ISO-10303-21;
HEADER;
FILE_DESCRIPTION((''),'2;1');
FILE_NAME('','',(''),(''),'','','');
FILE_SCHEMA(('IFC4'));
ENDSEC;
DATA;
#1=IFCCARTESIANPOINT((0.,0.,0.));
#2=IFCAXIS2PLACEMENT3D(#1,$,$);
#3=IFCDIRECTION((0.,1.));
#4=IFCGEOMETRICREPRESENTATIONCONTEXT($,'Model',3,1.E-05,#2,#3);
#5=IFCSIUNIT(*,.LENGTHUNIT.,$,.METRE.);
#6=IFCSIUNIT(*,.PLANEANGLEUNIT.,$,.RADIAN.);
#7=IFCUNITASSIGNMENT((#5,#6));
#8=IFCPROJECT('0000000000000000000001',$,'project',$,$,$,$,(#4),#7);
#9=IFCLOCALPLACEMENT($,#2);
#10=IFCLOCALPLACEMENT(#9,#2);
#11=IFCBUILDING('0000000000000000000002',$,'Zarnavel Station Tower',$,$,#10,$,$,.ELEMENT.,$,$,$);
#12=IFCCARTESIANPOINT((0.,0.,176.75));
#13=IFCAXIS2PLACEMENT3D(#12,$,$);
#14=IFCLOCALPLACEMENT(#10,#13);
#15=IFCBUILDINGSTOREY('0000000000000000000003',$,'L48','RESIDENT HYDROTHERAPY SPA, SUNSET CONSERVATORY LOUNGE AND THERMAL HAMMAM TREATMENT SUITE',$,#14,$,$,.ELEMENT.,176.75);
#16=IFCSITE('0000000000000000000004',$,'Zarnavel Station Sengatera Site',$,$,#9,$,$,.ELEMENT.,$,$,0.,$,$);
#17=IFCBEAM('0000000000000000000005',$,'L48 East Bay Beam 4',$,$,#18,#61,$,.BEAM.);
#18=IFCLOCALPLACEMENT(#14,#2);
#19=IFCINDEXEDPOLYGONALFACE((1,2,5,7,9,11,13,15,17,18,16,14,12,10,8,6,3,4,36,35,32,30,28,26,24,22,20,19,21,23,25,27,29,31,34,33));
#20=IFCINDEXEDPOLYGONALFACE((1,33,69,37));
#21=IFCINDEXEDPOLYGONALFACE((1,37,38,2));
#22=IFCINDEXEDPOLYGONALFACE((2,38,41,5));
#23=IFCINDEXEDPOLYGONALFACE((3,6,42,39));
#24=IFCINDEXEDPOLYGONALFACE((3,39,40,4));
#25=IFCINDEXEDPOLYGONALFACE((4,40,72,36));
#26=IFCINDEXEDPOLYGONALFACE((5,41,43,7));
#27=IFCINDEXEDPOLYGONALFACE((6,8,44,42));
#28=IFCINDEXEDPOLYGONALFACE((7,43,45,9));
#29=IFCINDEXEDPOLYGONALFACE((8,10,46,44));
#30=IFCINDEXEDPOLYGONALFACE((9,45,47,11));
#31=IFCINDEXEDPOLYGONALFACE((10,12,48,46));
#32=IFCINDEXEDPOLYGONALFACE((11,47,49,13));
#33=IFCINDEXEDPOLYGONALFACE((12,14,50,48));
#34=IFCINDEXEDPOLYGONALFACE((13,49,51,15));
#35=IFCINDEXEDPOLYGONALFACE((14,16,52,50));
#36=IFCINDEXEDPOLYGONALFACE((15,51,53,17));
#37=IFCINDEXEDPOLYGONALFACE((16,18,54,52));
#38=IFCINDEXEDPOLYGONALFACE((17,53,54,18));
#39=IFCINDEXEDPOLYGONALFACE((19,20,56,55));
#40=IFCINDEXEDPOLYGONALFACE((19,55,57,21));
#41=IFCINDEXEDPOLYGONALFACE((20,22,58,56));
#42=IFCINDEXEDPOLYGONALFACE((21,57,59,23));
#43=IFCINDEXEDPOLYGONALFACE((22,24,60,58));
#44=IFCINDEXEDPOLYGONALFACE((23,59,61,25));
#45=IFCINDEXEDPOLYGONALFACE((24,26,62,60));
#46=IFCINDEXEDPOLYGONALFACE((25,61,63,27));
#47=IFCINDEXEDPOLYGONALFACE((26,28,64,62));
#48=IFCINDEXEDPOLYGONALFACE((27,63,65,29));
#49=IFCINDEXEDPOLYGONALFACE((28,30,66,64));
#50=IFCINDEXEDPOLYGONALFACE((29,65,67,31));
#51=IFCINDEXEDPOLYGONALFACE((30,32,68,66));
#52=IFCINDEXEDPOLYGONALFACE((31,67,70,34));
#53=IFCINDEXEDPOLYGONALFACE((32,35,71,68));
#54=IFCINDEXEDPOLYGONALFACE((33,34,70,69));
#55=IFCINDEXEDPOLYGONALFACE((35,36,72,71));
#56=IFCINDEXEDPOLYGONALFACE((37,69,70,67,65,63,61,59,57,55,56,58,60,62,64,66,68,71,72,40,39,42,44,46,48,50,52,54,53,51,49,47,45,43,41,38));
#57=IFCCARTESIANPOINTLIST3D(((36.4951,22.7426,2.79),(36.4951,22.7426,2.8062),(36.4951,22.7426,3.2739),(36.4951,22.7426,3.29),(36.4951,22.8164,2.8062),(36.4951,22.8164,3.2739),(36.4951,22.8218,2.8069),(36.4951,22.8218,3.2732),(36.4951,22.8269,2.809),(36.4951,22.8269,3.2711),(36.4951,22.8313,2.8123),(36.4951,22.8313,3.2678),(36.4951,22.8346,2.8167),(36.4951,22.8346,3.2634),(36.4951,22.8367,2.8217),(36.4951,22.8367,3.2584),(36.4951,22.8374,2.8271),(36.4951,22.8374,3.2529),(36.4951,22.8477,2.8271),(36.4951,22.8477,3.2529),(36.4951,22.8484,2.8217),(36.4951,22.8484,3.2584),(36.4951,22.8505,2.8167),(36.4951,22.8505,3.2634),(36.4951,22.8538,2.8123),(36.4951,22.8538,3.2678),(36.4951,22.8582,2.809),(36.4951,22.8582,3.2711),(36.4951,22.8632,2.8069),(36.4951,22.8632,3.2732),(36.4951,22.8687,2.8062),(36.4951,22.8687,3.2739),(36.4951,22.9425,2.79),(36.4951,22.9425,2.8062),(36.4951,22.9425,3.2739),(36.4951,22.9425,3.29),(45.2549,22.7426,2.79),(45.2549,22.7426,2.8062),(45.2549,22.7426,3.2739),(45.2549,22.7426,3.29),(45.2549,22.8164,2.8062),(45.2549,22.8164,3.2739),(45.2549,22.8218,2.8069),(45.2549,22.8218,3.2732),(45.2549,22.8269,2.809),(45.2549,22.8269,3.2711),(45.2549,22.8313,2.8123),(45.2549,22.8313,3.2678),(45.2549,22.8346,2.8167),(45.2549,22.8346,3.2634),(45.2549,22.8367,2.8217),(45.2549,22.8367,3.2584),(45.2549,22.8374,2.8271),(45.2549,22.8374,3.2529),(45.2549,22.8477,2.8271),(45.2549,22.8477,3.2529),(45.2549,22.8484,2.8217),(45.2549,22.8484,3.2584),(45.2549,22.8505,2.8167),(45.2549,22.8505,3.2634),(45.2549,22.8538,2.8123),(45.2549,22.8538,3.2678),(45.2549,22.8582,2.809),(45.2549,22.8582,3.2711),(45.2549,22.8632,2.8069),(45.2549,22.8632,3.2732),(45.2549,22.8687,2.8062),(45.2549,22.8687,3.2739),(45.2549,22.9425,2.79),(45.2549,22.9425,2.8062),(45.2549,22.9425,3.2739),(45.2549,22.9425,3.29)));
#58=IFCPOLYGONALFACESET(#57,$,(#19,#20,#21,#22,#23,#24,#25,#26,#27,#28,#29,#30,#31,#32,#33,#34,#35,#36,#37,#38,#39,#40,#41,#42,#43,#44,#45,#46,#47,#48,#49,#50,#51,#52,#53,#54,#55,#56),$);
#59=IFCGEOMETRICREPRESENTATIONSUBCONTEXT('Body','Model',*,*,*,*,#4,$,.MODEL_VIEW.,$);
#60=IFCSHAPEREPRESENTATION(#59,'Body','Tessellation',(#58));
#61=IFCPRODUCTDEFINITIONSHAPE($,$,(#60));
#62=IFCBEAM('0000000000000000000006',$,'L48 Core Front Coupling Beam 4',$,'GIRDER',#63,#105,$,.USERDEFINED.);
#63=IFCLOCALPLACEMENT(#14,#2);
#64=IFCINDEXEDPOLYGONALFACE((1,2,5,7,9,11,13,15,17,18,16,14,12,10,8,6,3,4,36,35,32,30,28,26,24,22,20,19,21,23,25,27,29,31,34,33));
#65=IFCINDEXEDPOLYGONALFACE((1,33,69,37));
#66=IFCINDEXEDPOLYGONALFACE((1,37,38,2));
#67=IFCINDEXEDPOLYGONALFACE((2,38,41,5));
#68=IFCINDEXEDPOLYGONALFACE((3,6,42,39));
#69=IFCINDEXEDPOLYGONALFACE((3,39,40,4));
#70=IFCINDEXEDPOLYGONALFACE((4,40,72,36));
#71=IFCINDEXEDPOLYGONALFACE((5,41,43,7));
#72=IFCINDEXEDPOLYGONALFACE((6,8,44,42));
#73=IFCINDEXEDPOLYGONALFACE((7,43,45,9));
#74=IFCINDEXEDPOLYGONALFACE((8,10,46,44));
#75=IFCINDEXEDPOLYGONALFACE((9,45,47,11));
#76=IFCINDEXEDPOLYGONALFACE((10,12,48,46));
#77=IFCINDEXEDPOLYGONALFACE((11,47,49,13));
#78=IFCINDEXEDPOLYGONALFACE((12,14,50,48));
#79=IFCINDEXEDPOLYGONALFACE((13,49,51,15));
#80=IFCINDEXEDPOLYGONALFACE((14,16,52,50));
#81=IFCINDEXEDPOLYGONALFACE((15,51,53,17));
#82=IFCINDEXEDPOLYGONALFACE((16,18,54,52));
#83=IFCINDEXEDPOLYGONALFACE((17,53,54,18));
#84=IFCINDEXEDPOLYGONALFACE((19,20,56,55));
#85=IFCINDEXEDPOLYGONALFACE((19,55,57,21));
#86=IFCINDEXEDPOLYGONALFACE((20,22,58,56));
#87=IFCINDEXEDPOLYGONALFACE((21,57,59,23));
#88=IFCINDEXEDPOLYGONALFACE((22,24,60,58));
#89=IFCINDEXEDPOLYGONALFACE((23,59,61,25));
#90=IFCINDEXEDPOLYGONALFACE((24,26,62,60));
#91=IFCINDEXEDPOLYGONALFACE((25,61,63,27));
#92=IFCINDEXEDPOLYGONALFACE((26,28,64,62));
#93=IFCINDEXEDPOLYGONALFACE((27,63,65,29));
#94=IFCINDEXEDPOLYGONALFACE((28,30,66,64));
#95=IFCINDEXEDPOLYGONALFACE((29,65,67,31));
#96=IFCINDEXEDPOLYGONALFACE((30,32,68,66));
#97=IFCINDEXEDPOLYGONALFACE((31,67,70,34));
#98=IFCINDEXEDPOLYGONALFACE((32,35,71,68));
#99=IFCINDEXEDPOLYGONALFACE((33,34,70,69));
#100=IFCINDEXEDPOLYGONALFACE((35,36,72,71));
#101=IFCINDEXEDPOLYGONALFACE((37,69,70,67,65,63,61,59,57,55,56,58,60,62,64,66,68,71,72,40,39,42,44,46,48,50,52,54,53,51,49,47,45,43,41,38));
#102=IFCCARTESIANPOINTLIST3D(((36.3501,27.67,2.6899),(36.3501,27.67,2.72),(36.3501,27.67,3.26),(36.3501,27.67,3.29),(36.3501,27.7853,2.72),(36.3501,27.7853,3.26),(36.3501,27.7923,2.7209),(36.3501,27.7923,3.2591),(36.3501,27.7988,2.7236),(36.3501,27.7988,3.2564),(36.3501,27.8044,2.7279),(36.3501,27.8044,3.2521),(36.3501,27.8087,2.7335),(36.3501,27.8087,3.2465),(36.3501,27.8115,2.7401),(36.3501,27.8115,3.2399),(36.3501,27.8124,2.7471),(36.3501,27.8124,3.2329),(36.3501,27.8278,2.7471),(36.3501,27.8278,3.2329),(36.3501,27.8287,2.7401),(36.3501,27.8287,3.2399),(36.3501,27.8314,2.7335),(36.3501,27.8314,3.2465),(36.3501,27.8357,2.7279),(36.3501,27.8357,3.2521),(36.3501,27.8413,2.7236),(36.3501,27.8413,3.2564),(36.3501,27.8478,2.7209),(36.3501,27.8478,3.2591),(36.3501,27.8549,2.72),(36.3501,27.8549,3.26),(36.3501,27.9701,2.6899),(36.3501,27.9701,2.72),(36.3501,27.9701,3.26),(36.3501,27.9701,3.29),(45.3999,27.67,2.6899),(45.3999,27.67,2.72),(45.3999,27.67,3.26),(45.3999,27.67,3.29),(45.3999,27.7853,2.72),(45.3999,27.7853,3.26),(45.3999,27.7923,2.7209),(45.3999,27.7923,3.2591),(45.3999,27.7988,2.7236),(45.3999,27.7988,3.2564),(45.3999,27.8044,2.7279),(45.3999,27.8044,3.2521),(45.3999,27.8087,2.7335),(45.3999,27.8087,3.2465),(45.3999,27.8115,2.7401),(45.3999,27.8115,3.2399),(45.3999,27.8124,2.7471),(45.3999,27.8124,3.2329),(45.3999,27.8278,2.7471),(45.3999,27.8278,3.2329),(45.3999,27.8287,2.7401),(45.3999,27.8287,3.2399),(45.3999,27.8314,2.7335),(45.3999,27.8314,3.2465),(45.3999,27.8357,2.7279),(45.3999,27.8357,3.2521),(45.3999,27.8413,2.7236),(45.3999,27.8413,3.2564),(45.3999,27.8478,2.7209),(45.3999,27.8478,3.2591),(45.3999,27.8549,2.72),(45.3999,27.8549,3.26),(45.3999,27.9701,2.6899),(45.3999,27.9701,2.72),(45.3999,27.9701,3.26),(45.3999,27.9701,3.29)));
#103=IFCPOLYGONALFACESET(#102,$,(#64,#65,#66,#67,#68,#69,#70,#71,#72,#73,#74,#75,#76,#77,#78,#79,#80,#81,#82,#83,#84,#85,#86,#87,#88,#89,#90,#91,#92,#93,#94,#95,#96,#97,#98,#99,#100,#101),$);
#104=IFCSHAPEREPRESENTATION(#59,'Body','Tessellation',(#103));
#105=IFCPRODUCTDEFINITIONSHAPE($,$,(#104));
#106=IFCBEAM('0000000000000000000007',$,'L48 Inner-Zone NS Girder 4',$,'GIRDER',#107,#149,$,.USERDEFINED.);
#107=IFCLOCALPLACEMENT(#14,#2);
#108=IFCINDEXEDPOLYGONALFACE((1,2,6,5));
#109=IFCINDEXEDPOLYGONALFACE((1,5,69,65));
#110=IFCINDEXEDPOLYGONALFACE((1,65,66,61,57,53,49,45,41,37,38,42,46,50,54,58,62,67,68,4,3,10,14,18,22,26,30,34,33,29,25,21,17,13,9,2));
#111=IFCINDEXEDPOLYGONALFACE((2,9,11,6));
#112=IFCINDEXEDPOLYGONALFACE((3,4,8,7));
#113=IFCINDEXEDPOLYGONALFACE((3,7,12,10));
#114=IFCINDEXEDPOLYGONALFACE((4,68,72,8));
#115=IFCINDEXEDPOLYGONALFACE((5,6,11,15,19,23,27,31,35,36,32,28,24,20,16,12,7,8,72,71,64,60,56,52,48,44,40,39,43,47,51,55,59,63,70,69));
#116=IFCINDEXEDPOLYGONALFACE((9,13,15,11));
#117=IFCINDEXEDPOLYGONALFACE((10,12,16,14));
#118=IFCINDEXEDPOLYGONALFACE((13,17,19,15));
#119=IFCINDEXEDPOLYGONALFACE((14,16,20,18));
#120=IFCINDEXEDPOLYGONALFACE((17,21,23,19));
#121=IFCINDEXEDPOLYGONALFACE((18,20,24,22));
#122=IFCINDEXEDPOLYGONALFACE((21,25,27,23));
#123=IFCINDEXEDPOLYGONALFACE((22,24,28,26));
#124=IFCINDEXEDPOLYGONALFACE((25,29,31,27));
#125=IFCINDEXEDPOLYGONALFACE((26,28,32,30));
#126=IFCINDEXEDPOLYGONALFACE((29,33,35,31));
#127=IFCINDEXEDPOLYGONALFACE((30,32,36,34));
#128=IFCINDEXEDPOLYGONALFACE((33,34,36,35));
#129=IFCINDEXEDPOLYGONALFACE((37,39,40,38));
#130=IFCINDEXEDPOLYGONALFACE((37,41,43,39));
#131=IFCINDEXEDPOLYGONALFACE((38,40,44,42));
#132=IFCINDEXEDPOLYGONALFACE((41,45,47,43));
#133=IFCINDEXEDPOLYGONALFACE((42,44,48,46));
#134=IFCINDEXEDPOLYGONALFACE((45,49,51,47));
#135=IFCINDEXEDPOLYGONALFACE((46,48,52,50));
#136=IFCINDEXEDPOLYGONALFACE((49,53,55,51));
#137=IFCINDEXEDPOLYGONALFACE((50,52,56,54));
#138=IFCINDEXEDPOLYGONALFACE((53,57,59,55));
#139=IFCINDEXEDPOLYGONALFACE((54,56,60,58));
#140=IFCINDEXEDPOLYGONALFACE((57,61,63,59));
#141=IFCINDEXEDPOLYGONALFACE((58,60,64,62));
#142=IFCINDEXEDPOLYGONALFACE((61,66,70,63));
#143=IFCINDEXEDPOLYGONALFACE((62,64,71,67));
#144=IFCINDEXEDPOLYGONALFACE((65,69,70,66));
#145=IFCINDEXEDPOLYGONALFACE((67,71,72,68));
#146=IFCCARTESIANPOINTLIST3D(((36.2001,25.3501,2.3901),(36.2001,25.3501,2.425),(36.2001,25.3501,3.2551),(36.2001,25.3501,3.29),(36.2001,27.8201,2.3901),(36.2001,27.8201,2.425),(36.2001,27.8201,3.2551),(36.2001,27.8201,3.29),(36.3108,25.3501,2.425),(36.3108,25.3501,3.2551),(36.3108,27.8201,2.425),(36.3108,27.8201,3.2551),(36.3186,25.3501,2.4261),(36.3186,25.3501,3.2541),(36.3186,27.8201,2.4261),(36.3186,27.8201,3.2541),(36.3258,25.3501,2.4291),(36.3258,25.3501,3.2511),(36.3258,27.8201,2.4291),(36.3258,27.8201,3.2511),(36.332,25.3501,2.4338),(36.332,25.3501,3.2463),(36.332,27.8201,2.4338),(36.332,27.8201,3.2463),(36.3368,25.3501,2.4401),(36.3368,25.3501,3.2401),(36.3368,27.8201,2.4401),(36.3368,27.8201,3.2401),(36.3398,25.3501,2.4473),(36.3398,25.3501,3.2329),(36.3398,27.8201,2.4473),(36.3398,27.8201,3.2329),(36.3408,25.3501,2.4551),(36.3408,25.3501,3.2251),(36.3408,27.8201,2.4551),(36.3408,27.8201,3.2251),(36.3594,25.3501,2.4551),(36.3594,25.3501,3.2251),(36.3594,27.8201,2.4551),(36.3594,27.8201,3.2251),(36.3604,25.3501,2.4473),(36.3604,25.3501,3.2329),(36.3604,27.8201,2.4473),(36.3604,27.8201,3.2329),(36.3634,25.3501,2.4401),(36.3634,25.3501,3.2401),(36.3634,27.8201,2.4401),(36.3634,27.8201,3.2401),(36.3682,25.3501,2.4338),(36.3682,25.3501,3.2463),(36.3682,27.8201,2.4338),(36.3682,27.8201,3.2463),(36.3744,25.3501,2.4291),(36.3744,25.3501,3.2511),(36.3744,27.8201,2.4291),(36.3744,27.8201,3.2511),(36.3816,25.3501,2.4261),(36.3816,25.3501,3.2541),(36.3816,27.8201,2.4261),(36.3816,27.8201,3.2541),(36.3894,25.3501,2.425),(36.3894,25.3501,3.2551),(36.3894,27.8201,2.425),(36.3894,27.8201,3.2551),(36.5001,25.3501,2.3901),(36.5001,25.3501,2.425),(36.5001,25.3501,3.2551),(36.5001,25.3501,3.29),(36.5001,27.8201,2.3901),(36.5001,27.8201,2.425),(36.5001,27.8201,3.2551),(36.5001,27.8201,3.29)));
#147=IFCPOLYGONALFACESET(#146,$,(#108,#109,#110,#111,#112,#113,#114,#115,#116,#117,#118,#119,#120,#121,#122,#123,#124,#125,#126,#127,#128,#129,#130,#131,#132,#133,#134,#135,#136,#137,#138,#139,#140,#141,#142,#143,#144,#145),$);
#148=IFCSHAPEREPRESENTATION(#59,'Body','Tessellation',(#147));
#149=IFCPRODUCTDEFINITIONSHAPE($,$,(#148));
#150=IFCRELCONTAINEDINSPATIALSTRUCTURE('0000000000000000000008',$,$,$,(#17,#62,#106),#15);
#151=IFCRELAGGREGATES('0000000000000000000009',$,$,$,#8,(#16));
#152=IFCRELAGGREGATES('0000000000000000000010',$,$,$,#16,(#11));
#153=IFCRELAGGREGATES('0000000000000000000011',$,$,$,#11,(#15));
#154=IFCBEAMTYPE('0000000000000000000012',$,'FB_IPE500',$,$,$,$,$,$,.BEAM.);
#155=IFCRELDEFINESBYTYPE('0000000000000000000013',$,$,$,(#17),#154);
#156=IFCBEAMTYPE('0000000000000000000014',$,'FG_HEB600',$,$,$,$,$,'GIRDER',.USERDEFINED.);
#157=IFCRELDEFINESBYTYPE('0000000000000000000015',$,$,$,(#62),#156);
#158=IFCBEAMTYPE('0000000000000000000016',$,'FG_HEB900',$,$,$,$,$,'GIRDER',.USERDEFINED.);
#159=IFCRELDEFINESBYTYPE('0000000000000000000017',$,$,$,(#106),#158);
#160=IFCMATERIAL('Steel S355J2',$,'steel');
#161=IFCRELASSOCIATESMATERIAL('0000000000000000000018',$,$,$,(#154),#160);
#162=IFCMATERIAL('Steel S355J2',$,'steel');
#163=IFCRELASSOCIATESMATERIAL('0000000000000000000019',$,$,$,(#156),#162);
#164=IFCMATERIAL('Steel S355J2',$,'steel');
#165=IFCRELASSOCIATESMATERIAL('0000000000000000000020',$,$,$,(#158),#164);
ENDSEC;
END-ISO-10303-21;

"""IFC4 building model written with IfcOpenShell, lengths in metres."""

from ifc_helpers import new_model, si_unit, direction, frame, origin, origin_2d, place, context, subcontext, project, spatial, i_section, extrude, material, material_profile, profile_set, type_object, element, save


model = new_model("IFC4")

# Units and contexts
model_context = context("Model", 3, precision=1e-05, world=origin(), true_north=direction((0.0, 1.0)))
body_context = subcontext(model_context, "Body", "Model", "MODEL_VIEW")
ifc_project = project(units=[si_unit("LENGTHUNIT", "METRE"), si_unit("PLANEANGLEUNIT", "RADIAN")], contexts=[model_context])

# Site, building, storey
site_placement = place(None, origin())
site = spatial("IfcSite", under=ifc_project, at=site_placement, Name="Zarnavel Station Sengatera Site", CompositionType="ELEMENT", RefElevation=0.0)
building_placement = place(site_placement, origin())
building = spatial("IfcBuilding", under=site, at=building_placement, Name="Zarnavel Station Tower", CompositionType="ELEMENT")
storey_placement = place(building_placement, frame((0.0, 0.0, 176.75)))
storey = spatial("IfcBuildingStorey", under=building, at=storey_placement, Name="L48", Description="RESIDENT HYDROTHERAPY SPA, SUNSET CONSERVATORY LOUNGE AND THERMAL HAMMAM TREATMENT SUITE", CompositionType="ELEMENT", Elevation=176.75)

# Beams
ifc_material_1 = material(Name="Steel S355J2", Category="steel")
ifc_material_profile_1 = material_profile(ifc_material_1, i_section(OverallWidth=0.2, OverallDepth=0.5, WebThickness=0.0103, FlangeThickness=0.0161, FilletRadius=0.021, at=origin_2d()), Name="IPE500")
ifc_profile_set_1 = profile_set([ifc_material_profile_1], Name="Steel S355J2")
beam_type_1 = type_object("IfcBeamType", Name="FB_IPE500", PredefinedType="BEAM", material=ifc_profile_set_1)
beam_1_placement = place(storey_placement, frame((36.4951, 22.8425, 3.04), z_axis=(1.0, 0.0, 0.0), x_axis=(0.0, 1.0, 0.0)))
element("IfcBeam", 1, at=beam_1_placement, inside=storey, type_object=beam_type_1, Name="L48 East Bay Beam 4", PredefinedType="BEAM", context=body_context, shape_type="SweptSolid", body=[
    extrude(i_section(OverallWidth=0.2, OverallDepth=0.5, WebThickness=0.0103, FlangeThickness=0.0161, FilletRadius=0.021, at=origin_2d()), origin(), (0.0, 0.0, 1.0), 8.7598),
])
ifc_material_2 = material(Name="Steel S355J2", Category="steel")
ifc_material_profile_2 = material_profile(ifc_material_2, i_section(OverallWidth=0.3, OverallDepth=0.6001, WebThickness=0.0154, FlangeThickness=0.03, FilletRadius=0.0271, at=origin_2d()), Name="HEB600")
ifc_profile_set_2 = profile_set([ifc_material_profile_2], Name="Steel S355J2")
beam_type_2 = type_object("IfcBeamType", Name="FG_HEB600", ElementType="GIRDER", PredefinedType="USERDEFINED", material=ifc_profile_set_2)
beam_2_placement = place(storey_placement, frame((36.3501, 27.8201, 2.99), z_axis=(1.0, 0.0, 0.0), x_axis=(0.0, 1.0, 0.0)))
element("IfcBeam", 2, at=beam_2_placement, inside=storey, type_object=beam_type_2, Name="L48 Core Front Coupling Beam 4", ObjectType="GIRDER", PredefinedType="USERDEFINED", context=body_context, shape_type="SweptSolid", body=[
    extrude(i_section(OverallWidth=0.3, OverallDepth=0.6001, WebThickness=0.0154, FlangeThickness=0.03, FilletRadius=0.0271, at=origin_2d()), origin(), (0.0, 0.0, 1.0), 9.0498),
])
ifc_material_3 = material(Name="Steel S355J2", Category="steel")
ifc_material_profile_3 = material_profile(ifc_material_3, i_section(OverallWidth=0.3, OverallDepth=0.8999, WebThickness=0.0186, FlangeThickness=0.0349, FilletRadius=0.03, at=origin_2d()), Name="HEB900")
ifc_profile_set_3 = profile_set([ifc_material_profile_3], Name="Steel S355J2")
beam_type_3 = type_object("IfcBeamType", Name="FG_HEB900", ElementType="GIRDER", PredefinedType="USERDEFINED", material=ifc_profile_set_3)
beam_3_placement = place(storey_placement, frame((36.3501, 25.3501, 2.8401), z_axis=(0.0, 1.0, 0.0), x_axis=(-1.0, 0.0, 0.0)))
element("IfcBeam", 3, at=beam_3_placement, inside=storey, type_object=beam_type_3, Name="L48 Inner-Zone NS Girder 4", ObjectType="GIRDER", PredefinedType="USERDEFINED", context=body_context, shape_type="SweptSolid", body=[
    extrude(i_section(OverallWidth=0.3, OverallDepth=0.8999, WebThickness=0.0186, FlangeThickness=0.0349, FilletRadius=0.03, at=origin_2d()), origin(), (0.0, 0.0, 1.0), 2.47),
])

save(model, "model.ifc")
